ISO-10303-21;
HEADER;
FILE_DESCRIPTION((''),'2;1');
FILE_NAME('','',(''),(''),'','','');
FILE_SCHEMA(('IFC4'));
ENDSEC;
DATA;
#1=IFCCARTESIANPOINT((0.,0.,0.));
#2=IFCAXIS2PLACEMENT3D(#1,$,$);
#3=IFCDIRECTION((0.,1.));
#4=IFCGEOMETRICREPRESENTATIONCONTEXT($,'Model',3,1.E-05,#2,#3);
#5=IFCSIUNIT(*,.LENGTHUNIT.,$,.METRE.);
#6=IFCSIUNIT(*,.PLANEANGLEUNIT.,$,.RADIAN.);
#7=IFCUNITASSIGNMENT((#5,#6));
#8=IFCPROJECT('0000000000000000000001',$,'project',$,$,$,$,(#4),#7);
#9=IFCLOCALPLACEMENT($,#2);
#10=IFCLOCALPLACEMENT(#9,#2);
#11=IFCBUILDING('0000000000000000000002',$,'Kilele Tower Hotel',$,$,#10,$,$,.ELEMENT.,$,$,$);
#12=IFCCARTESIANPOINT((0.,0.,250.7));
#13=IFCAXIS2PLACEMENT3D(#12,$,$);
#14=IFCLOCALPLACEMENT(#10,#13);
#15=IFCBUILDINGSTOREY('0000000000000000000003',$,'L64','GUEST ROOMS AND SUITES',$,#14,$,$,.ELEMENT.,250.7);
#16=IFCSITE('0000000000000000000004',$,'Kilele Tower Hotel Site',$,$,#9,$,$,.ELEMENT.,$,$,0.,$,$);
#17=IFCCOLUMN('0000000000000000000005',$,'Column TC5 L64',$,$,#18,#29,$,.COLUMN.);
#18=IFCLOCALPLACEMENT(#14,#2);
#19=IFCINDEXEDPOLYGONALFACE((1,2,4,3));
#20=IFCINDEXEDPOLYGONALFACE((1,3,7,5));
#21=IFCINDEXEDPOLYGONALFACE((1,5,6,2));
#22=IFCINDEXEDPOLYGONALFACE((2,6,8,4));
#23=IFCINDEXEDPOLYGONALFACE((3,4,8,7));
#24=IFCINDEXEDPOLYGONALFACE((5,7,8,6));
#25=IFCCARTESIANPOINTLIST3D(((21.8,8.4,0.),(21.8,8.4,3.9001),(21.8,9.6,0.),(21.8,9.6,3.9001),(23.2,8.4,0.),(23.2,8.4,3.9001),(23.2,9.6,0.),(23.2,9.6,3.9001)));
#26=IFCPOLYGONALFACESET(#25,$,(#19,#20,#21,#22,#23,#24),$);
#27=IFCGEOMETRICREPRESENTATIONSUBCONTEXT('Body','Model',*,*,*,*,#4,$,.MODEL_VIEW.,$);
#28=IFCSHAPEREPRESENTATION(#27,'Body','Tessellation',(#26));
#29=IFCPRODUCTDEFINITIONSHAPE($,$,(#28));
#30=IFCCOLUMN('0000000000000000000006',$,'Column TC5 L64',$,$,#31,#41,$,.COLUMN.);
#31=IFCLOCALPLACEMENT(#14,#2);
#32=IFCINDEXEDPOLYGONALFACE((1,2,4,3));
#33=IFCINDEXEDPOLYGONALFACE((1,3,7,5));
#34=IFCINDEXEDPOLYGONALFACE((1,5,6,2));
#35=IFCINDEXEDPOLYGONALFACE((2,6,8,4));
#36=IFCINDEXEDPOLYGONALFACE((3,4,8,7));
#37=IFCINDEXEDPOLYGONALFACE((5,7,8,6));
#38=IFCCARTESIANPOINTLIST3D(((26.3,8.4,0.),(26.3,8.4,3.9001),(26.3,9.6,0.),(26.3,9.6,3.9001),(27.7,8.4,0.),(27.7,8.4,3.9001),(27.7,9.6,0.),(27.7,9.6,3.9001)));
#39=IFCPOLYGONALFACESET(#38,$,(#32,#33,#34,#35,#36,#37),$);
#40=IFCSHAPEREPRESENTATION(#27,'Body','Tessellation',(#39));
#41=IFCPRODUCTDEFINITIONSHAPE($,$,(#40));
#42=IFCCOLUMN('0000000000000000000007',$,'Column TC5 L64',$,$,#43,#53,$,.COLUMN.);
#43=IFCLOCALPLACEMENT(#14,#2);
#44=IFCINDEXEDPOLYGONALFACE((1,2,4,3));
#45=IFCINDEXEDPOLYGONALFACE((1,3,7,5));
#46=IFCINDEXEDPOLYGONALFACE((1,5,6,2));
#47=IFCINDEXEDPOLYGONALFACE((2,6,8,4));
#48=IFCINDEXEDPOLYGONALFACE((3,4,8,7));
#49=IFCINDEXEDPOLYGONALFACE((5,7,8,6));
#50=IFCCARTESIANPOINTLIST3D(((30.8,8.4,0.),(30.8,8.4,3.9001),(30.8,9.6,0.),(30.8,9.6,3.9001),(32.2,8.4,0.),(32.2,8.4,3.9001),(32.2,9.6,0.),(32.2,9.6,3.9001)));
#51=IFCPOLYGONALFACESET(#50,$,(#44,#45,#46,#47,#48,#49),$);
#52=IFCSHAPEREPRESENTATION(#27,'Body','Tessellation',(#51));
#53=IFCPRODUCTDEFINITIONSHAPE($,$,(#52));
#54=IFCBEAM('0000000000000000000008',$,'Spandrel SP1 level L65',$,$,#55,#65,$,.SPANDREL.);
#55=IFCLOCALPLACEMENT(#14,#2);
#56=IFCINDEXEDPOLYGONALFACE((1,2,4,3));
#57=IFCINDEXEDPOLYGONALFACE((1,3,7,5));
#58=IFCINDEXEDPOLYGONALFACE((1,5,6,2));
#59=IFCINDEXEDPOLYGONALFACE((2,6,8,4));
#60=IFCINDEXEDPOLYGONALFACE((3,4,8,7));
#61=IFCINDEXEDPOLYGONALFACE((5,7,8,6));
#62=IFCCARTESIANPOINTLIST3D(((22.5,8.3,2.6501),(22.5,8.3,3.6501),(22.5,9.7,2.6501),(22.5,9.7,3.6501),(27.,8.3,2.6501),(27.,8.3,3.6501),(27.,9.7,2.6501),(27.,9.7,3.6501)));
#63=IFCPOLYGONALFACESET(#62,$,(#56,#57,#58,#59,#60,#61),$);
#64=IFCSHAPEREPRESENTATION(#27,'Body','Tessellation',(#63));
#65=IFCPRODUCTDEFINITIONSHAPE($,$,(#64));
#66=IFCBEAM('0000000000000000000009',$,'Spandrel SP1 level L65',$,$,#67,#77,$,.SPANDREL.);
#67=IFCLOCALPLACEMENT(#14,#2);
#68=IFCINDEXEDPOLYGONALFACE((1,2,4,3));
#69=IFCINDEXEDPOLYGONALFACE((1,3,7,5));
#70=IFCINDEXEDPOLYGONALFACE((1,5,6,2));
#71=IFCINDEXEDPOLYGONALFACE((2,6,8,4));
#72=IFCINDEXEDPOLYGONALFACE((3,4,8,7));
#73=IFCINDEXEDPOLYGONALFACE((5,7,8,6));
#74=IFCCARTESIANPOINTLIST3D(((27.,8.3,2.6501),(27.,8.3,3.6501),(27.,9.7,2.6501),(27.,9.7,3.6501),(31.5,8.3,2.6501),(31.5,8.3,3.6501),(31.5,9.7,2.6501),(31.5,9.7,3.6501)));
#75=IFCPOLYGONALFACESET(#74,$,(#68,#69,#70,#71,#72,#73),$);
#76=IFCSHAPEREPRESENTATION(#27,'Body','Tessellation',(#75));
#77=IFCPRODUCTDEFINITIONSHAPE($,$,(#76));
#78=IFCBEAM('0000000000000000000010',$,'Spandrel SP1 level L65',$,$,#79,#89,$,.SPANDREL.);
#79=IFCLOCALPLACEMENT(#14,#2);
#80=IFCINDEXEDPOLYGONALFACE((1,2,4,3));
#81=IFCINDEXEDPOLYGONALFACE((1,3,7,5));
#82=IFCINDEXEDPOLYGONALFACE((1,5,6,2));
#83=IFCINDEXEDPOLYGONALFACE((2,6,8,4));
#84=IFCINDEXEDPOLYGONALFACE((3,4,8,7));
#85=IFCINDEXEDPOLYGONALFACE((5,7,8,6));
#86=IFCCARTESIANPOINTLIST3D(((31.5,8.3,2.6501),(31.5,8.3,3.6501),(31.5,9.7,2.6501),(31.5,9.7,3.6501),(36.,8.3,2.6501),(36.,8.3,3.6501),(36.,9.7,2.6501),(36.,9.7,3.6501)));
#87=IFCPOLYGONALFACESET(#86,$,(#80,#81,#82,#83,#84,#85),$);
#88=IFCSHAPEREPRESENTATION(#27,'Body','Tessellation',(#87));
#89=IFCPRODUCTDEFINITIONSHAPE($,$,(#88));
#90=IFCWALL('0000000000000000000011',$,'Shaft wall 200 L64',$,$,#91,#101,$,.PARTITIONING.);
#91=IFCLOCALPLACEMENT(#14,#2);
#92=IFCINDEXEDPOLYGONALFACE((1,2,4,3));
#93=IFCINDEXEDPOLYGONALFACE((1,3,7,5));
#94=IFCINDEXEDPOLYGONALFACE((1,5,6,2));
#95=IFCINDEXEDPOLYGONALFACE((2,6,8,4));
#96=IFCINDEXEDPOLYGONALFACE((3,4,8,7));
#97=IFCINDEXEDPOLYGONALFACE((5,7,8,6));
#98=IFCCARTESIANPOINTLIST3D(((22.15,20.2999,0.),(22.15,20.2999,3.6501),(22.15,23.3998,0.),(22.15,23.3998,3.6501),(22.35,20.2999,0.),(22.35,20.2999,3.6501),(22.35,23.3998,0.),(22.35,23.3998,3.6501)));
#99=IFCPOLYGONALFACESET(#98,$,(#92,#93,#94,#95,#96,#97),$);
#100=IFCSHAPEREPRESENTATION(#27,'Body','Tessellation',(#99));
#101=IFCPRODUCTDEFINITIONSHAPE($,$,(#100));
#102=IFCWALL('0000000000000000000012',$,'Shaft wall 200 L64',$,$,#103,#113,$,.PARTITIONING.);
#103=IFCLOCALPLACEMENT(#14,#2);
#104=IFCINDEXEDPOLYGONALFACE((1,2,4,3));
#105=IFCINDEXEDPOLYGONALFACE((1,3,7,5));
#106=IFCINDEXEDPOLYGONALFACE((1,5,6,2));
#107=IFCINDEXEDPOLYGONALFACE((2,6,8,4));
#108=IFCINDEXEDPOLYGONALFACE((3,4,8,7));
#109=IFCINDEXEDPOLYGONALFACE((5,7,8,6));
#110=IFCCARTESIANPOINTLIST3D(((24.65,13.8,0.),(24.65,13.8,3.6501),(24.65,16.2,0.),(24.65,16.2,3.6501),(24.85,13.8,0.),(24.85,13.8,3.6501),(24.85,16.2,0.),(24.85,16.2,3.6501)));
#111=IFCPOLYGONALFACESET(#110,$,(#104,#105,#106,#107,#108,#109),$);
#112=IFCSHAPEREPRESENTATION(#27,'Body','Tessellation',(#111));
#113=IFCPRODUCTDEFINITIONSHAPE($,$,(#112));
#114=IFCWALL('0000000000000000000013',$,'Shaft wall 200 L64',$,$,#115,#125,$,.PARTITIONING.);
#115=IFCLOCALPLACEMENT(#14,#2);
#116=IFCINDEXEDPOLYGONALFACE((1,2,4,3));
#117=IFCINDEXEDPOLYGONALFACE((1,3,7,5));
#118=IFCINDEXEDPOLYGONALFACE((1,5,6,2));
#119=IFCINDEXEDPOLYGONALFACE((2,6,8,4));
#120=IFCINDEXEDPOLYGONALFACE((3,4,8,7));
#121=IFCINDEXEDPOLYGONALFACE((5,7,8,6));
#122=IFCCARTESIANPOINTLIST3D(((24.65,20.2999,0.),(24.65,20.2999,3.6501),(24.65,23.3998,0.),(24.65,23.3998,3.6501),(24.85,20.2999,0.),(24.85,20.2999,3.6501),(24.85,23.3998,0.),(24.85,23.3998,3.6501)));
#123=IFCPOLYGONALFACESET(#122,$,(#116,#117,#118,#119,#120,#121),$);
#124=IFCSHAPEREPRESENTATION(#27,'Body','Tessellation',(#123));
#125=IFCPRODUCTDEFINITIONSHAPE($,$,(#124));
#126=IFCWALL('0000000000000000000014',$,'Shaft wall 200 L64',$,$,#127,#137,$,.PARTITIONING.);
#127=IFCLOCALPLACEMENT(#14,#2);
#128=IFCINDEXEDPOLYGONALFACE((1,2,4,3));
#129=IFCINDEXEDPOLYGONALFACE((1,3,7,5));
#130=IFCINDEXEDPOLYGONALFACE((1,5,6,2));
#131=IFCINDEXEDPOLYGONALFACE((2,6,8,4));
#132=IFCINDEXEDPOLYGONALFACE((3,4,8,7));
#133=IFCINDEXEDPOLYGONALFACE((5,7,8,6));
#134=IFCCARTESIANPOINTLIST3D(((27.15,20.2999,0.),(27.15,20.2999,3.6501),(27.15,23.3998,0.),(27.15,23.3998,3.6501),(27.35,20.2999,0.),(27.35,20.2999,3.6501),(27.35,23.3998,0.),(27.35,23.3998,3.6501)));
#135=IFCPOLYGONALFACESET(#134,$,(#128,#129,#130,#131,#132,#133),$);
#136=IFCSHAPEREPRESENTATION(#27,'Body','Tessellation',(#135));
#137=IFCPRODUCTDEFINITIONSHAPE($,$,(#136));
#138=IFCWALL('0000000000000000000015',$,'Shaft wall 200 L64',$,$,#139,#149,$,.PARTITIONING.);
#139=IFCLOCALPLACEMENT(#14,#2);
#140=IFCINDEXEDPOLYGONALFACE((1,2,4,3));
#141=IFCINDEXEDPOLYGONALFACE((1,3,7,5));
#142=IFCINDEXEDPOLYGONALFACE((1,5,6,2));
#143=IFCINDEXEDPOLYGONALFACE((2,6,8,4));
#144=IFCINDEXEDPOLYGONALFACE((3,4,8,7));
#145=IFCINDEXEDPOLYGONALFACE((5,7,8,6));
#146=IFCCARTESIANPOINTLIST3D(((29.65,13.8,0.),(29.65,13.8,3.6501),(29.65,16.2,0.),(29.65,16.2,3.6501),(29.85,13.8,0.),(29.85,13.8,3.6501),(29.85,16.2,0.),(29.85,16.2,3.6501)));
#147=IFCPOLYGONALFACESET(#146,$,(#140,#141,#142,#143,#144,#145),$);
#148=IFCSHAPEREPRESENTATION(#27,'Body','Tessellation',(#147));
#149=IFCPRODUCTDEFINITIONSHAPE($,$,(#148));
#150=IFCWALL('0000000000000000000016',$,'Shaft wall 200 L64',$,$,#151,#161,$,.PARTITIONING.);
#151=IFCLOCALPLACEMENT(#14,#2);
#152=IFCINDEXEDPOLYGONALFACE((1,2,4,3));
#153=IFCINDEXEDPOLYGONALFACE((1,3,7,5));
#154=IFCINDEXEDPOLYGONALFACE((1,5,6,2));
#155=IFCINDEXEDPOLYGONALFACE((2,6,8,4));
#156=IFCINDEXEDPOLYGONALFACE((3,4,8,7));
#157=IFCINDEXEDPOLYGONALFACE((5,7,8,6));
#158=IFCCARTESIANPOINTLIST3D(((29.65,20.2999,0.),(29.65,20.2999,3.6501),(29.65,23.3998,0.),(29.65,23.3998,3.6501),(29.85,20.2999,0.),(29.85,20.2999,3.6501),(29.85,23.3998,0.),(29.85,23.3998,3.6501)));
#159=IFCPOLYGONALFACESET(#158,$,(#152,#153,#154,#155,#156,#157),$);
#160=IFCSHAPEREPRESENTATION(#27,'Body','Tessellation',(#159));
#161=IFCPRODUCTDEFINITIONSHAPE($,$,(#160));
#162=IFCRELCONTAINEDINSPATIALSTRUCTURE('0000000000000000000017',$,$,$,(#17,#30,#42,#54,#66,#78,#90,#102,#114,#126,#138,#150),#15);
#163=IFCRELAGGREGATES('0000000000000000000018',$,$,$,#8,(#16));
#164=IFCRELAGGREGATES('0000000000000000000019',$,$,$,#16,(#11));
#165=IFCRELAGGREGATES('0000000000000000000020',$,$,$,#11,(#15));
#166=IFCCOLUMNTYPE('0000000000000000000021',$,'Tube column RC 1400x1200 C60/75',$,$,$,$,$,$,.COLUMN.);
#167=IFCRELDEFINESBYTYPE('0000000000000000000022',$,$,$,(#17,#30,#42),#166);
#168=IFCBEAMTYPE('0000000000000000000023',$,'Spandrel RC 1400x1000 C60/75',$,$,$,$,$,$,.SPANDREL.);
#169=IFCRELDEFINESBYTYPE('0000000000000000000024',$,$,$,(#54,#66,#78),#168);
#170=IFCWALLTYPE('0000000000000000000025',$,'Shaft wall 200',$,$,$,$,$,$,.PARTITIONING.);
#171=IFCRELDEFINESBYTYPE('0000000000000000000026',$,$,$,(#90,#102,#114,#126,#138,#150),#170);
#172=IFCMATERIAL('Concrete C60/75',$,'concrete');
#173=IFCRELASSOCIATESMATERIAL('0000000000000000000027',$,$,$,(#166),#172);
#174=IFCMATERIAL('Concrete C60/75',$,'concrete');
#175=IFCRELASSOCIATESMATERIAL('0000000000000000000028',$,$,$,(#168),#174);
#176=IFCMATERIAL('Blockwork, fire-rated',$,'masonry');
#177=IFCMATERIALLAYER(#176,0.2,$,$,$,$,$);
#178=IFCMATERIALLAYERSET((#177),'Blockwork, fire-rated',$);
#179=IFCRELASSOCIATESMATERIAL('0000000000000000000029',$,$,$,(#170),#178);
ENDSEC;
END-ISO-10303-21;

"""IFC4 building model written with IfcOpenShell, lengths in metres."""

from ifc_helpers import new_model, si_unit, direction, frame, frame_2d, origin, origin_2d, place, context, subcontext, project, spatial, rectangle, extrude, material, layer, layer_set, material_profile, profile_set, type_object, element, save


model = new_model("IFC4")

# Units and contexts
model_context = context("Model", 3, precision=1e-05, world=origin(), true_north=direction((0.0, 1.0)))
body_context = subcontext(model_context, "Body", "Model", "MODEL_VIEW")
ifc_project = project(units=[si_unit("LENGTHUNIT", "METRE"), si_unit("PLANEANGLEUNIT", "RADIAN")], contexts=[model_context])

# Site, building, storey
site_placement = place(None, origin())
site = spatial("IfcSite", under=ifc_project, at=site_placement, Name="Kilele Tower Hotel Site", CompositionType="ELEMENT", RefElevation=0.0)
building_placement = place(site_placement, origin())
building = spatial("IfcBuilding", under=site, at=building_placement, Name="Kilele Tower Hotel", CompositionType="ELEMENT")
storey_placement = place(building_placement, frame((0.0, 0.0, 250.7)))
storey = spatial("IfcBuildingStorey", under=building, at=storey_placement, Name="L64", Description="GUEST ROOMS AND SUITES", CompositionType="ELEMENT", Elevation=250.7)

# Columns
ifc_material_1 = material(Name="Concrete C60/75", Category="concrete")
ifc_material_profile_1 = material_profile(ifc_material_1, rectangle(XDim=1.3999, YDim=1.2, at=origin_2d()))
ifc_profile_set_1 = profile_set([ifc_material_profile_1], Name="Concrete C60/75")
column_type = type_object("IfcColumnType", Name="Tube column RC 1400x1200 C60/75", PredefinedType="COLUMN", material=ifc_profile_set_1)
for number, where, z_axis, x_axis, name in (
    (1, (22.5, 9.0, 0.0), (0.0, 0.0, 1.0), (1.0, 0.0, 0.0), "Column TC5 L64"),
    (2, (27.0, 9.0, 0.0), (0.0, 0.0, 1.0), (1.0, 0.0, 0.0), "Column TC5 L64"),
    (3, (31.5, 9.0, 0.0), (0.0, 0.0, 1.0), (1.0, 0.0, 0.0), "Column TC5 L64"),
):
    element("IfcColumn", number, at=place(storey_placement, frame(where, z_axis=z_axis, x_axis=x_axis)), inside=storey, type_object=column_type, Name=name, PredefinedType="COLUMN", context=body_context, shape_type="SweptSolid", body=[
        extrude(rectangle(XDim=1.3999, YDim=1.2, at=origin_2d()), origin(), (0.0, 0.0, 1.0), 3.9001),
    ])

# Beams
ifc_material_2 = material(Name="Concrete C60/75", Category="concrete")
ifc_material_profile_2 = material_profile(ifc_material_2, rectangle(XDim=1.3999, YDim=1.0, at=origin_2d()))
ifc_profile_set_2 = profile_set([ifc_material_profile_2], Name="Concrete C60/75")
beam_type = type_object("IfcBeamType", Name="Spandrel RC 1400x1000 C60/75", PredefinedType="SPANDREL", material=ifc_profile_set_2)
for number, where, z_axis, x_axis, name in (
    (4, (22.5, 9.0, 3.1501), (1.0, 0.0, 0.0), (0.0, 1.0, 0.0), "Spandrel SP1 level L65"),
    (5, (27.0, 9.0, 3.1501), (1.0, 0.0, 0.0), (0.0, 1.0, 0.0), "Spandrel SP1 level L65"),
    (6, (31.5, 9.0, 3.1501), (1.0, 0.0, 0.0), (0.0, 1.0, 0.0), "Spandrel SP1 level L65"),
):
    element("IfcBeam", number, at=place(storey_placement, frame(where, z_axis=z_axis, x_axis=x_axis)), inside=storey, type_object=beam_type, Name=name, PredefinedType="SPANDREL", context=body_context, shape_type="SweptSolid", body=[
        extrude(rectangle(XDim=1.3999, YDim=1.0, at=origin_2d()), origin(), (0.0, 0.0, 1.0), 4.5),
    ])

# Walls
ifc_material_3 = material(Name="Blockwork, fire-rated", Category="masonry")
ifc_layer = layer(ifc_material_3, 0.2)
ifc_layer_set = layer_set([ifc_layer], Name="Blockwork, fire-rated")
wall_type = type_object("IfcWallType", Name="Shaft wall 200", PredefinedType="PARTITIONING", material=ifc_layer_set)
wall_1_placement = place(storey_placement, frame((22.25, 20.3, 0.0), z_axis=(0.0, 0.0, 1.0), x_axis=(0.0, 1.0, 0.0)))
element("IfcWall", 7, at=wall_1_placement, inside=storey, type_object=wall_type, Name="Shaft wall 200 L64", PredefinedType="PARTITIONING", context=body_context, shape_type="SweptSolid", body=[
    extrude(rectangle(XDim=3.0999, YDim=0.2, at=frame_2d((1.5498, 0.0))), origin(), (0.0, 0.0, 1.0), 3.6501),
])
wall_2_placement = place(storey_placement, frame((24.75, 13.8, 0.0), z_axis=(0.0, 0.0, 1.0), x_axis=(0.0, 1.0, 0.0)))
element("IfcWall", 8, at=wall_2_placement, inside=storey, type_object=wall_type, Name="Shaft wall 200 L64", PredefinedType="PARTITIONING", context=body_context, shape_type="SweptSolid", body=[
    extrude(rectangle(XDim=2.3999, YDim=0.2, at=frame_2d((1.2, 0.0))), origin(), (0.0, 0.0, 1.0), 3.6501),
])
for number, where, z_axis, x_axis, name in (
    (9, (24.75, 20.3, 0.0), (0.0, 0.0, 1.0), (0.0, 1.0, 0.0), "Shaft wall 200 L64"),
    (10, (27.25, 20.3, 0.0), (0.0, 0.0, 1.0), (0.0, 1.0, 0.0), "Shaft wall 200 L64"),
):
    element("IfcWall", number, at=place(storey_placement, frame(where, z_axis=z_axis, x_axis=x_axis)), inside=storey, type_object=wall_type, Name=name, PredefinedType="PARTITIONING", context=body_context, shape_type="SweptSolid", body=[
        extrude(rectangle(XDim=3.0999, YDim=0.2, at=frame_2d((1.5498, 0.0))), origin(), (0.0, 0.0, 1.0), 3.6501),
    ])
wall_3_placement = place(storey_placement, frame((29.75, 13.8, 0.0), z_axis=(0.0, 0.0, 1.0), x_axis=(0.0, 1.0, 0.0)))
element("IfcWall", 11, at=wall_3_placement, inside=storey, type_object=wall_type, Name="Shaft wall 200 L64", PredefinedType="PARTITIONING", context=body_context, shape_type="SweptSolid", body=[
    extrude(rectangle(XDim=2.3999, YDim=0.2, at=frame_2d((1.2, 0.0))), origin(), (0.0, 0.0, 1.0), 3.6501),
])
wall_4_placement = place(storey_placement, frame((29.75, 20.3, 0.0), z_axis=(0.0, 0.0, 1.0), x_axis=(0.0, 1.0, 0.0)))
element("IfcWall", 12, at=wall_4_placement, inside=storey, type_object=wall_type, Name="Shaft wall 200 L64", PredefinedType="PARTITIONING", context=body_context, shape_type="SweptSolid", body=[
    extrude(rectangle(XDim=3.0999, YDim=0.2, at=frame_2d((1.5498, 0.0))), origin(), (0.0, 0.0, 1.0), 3.6501),
])

save(model, "model.ifc")
